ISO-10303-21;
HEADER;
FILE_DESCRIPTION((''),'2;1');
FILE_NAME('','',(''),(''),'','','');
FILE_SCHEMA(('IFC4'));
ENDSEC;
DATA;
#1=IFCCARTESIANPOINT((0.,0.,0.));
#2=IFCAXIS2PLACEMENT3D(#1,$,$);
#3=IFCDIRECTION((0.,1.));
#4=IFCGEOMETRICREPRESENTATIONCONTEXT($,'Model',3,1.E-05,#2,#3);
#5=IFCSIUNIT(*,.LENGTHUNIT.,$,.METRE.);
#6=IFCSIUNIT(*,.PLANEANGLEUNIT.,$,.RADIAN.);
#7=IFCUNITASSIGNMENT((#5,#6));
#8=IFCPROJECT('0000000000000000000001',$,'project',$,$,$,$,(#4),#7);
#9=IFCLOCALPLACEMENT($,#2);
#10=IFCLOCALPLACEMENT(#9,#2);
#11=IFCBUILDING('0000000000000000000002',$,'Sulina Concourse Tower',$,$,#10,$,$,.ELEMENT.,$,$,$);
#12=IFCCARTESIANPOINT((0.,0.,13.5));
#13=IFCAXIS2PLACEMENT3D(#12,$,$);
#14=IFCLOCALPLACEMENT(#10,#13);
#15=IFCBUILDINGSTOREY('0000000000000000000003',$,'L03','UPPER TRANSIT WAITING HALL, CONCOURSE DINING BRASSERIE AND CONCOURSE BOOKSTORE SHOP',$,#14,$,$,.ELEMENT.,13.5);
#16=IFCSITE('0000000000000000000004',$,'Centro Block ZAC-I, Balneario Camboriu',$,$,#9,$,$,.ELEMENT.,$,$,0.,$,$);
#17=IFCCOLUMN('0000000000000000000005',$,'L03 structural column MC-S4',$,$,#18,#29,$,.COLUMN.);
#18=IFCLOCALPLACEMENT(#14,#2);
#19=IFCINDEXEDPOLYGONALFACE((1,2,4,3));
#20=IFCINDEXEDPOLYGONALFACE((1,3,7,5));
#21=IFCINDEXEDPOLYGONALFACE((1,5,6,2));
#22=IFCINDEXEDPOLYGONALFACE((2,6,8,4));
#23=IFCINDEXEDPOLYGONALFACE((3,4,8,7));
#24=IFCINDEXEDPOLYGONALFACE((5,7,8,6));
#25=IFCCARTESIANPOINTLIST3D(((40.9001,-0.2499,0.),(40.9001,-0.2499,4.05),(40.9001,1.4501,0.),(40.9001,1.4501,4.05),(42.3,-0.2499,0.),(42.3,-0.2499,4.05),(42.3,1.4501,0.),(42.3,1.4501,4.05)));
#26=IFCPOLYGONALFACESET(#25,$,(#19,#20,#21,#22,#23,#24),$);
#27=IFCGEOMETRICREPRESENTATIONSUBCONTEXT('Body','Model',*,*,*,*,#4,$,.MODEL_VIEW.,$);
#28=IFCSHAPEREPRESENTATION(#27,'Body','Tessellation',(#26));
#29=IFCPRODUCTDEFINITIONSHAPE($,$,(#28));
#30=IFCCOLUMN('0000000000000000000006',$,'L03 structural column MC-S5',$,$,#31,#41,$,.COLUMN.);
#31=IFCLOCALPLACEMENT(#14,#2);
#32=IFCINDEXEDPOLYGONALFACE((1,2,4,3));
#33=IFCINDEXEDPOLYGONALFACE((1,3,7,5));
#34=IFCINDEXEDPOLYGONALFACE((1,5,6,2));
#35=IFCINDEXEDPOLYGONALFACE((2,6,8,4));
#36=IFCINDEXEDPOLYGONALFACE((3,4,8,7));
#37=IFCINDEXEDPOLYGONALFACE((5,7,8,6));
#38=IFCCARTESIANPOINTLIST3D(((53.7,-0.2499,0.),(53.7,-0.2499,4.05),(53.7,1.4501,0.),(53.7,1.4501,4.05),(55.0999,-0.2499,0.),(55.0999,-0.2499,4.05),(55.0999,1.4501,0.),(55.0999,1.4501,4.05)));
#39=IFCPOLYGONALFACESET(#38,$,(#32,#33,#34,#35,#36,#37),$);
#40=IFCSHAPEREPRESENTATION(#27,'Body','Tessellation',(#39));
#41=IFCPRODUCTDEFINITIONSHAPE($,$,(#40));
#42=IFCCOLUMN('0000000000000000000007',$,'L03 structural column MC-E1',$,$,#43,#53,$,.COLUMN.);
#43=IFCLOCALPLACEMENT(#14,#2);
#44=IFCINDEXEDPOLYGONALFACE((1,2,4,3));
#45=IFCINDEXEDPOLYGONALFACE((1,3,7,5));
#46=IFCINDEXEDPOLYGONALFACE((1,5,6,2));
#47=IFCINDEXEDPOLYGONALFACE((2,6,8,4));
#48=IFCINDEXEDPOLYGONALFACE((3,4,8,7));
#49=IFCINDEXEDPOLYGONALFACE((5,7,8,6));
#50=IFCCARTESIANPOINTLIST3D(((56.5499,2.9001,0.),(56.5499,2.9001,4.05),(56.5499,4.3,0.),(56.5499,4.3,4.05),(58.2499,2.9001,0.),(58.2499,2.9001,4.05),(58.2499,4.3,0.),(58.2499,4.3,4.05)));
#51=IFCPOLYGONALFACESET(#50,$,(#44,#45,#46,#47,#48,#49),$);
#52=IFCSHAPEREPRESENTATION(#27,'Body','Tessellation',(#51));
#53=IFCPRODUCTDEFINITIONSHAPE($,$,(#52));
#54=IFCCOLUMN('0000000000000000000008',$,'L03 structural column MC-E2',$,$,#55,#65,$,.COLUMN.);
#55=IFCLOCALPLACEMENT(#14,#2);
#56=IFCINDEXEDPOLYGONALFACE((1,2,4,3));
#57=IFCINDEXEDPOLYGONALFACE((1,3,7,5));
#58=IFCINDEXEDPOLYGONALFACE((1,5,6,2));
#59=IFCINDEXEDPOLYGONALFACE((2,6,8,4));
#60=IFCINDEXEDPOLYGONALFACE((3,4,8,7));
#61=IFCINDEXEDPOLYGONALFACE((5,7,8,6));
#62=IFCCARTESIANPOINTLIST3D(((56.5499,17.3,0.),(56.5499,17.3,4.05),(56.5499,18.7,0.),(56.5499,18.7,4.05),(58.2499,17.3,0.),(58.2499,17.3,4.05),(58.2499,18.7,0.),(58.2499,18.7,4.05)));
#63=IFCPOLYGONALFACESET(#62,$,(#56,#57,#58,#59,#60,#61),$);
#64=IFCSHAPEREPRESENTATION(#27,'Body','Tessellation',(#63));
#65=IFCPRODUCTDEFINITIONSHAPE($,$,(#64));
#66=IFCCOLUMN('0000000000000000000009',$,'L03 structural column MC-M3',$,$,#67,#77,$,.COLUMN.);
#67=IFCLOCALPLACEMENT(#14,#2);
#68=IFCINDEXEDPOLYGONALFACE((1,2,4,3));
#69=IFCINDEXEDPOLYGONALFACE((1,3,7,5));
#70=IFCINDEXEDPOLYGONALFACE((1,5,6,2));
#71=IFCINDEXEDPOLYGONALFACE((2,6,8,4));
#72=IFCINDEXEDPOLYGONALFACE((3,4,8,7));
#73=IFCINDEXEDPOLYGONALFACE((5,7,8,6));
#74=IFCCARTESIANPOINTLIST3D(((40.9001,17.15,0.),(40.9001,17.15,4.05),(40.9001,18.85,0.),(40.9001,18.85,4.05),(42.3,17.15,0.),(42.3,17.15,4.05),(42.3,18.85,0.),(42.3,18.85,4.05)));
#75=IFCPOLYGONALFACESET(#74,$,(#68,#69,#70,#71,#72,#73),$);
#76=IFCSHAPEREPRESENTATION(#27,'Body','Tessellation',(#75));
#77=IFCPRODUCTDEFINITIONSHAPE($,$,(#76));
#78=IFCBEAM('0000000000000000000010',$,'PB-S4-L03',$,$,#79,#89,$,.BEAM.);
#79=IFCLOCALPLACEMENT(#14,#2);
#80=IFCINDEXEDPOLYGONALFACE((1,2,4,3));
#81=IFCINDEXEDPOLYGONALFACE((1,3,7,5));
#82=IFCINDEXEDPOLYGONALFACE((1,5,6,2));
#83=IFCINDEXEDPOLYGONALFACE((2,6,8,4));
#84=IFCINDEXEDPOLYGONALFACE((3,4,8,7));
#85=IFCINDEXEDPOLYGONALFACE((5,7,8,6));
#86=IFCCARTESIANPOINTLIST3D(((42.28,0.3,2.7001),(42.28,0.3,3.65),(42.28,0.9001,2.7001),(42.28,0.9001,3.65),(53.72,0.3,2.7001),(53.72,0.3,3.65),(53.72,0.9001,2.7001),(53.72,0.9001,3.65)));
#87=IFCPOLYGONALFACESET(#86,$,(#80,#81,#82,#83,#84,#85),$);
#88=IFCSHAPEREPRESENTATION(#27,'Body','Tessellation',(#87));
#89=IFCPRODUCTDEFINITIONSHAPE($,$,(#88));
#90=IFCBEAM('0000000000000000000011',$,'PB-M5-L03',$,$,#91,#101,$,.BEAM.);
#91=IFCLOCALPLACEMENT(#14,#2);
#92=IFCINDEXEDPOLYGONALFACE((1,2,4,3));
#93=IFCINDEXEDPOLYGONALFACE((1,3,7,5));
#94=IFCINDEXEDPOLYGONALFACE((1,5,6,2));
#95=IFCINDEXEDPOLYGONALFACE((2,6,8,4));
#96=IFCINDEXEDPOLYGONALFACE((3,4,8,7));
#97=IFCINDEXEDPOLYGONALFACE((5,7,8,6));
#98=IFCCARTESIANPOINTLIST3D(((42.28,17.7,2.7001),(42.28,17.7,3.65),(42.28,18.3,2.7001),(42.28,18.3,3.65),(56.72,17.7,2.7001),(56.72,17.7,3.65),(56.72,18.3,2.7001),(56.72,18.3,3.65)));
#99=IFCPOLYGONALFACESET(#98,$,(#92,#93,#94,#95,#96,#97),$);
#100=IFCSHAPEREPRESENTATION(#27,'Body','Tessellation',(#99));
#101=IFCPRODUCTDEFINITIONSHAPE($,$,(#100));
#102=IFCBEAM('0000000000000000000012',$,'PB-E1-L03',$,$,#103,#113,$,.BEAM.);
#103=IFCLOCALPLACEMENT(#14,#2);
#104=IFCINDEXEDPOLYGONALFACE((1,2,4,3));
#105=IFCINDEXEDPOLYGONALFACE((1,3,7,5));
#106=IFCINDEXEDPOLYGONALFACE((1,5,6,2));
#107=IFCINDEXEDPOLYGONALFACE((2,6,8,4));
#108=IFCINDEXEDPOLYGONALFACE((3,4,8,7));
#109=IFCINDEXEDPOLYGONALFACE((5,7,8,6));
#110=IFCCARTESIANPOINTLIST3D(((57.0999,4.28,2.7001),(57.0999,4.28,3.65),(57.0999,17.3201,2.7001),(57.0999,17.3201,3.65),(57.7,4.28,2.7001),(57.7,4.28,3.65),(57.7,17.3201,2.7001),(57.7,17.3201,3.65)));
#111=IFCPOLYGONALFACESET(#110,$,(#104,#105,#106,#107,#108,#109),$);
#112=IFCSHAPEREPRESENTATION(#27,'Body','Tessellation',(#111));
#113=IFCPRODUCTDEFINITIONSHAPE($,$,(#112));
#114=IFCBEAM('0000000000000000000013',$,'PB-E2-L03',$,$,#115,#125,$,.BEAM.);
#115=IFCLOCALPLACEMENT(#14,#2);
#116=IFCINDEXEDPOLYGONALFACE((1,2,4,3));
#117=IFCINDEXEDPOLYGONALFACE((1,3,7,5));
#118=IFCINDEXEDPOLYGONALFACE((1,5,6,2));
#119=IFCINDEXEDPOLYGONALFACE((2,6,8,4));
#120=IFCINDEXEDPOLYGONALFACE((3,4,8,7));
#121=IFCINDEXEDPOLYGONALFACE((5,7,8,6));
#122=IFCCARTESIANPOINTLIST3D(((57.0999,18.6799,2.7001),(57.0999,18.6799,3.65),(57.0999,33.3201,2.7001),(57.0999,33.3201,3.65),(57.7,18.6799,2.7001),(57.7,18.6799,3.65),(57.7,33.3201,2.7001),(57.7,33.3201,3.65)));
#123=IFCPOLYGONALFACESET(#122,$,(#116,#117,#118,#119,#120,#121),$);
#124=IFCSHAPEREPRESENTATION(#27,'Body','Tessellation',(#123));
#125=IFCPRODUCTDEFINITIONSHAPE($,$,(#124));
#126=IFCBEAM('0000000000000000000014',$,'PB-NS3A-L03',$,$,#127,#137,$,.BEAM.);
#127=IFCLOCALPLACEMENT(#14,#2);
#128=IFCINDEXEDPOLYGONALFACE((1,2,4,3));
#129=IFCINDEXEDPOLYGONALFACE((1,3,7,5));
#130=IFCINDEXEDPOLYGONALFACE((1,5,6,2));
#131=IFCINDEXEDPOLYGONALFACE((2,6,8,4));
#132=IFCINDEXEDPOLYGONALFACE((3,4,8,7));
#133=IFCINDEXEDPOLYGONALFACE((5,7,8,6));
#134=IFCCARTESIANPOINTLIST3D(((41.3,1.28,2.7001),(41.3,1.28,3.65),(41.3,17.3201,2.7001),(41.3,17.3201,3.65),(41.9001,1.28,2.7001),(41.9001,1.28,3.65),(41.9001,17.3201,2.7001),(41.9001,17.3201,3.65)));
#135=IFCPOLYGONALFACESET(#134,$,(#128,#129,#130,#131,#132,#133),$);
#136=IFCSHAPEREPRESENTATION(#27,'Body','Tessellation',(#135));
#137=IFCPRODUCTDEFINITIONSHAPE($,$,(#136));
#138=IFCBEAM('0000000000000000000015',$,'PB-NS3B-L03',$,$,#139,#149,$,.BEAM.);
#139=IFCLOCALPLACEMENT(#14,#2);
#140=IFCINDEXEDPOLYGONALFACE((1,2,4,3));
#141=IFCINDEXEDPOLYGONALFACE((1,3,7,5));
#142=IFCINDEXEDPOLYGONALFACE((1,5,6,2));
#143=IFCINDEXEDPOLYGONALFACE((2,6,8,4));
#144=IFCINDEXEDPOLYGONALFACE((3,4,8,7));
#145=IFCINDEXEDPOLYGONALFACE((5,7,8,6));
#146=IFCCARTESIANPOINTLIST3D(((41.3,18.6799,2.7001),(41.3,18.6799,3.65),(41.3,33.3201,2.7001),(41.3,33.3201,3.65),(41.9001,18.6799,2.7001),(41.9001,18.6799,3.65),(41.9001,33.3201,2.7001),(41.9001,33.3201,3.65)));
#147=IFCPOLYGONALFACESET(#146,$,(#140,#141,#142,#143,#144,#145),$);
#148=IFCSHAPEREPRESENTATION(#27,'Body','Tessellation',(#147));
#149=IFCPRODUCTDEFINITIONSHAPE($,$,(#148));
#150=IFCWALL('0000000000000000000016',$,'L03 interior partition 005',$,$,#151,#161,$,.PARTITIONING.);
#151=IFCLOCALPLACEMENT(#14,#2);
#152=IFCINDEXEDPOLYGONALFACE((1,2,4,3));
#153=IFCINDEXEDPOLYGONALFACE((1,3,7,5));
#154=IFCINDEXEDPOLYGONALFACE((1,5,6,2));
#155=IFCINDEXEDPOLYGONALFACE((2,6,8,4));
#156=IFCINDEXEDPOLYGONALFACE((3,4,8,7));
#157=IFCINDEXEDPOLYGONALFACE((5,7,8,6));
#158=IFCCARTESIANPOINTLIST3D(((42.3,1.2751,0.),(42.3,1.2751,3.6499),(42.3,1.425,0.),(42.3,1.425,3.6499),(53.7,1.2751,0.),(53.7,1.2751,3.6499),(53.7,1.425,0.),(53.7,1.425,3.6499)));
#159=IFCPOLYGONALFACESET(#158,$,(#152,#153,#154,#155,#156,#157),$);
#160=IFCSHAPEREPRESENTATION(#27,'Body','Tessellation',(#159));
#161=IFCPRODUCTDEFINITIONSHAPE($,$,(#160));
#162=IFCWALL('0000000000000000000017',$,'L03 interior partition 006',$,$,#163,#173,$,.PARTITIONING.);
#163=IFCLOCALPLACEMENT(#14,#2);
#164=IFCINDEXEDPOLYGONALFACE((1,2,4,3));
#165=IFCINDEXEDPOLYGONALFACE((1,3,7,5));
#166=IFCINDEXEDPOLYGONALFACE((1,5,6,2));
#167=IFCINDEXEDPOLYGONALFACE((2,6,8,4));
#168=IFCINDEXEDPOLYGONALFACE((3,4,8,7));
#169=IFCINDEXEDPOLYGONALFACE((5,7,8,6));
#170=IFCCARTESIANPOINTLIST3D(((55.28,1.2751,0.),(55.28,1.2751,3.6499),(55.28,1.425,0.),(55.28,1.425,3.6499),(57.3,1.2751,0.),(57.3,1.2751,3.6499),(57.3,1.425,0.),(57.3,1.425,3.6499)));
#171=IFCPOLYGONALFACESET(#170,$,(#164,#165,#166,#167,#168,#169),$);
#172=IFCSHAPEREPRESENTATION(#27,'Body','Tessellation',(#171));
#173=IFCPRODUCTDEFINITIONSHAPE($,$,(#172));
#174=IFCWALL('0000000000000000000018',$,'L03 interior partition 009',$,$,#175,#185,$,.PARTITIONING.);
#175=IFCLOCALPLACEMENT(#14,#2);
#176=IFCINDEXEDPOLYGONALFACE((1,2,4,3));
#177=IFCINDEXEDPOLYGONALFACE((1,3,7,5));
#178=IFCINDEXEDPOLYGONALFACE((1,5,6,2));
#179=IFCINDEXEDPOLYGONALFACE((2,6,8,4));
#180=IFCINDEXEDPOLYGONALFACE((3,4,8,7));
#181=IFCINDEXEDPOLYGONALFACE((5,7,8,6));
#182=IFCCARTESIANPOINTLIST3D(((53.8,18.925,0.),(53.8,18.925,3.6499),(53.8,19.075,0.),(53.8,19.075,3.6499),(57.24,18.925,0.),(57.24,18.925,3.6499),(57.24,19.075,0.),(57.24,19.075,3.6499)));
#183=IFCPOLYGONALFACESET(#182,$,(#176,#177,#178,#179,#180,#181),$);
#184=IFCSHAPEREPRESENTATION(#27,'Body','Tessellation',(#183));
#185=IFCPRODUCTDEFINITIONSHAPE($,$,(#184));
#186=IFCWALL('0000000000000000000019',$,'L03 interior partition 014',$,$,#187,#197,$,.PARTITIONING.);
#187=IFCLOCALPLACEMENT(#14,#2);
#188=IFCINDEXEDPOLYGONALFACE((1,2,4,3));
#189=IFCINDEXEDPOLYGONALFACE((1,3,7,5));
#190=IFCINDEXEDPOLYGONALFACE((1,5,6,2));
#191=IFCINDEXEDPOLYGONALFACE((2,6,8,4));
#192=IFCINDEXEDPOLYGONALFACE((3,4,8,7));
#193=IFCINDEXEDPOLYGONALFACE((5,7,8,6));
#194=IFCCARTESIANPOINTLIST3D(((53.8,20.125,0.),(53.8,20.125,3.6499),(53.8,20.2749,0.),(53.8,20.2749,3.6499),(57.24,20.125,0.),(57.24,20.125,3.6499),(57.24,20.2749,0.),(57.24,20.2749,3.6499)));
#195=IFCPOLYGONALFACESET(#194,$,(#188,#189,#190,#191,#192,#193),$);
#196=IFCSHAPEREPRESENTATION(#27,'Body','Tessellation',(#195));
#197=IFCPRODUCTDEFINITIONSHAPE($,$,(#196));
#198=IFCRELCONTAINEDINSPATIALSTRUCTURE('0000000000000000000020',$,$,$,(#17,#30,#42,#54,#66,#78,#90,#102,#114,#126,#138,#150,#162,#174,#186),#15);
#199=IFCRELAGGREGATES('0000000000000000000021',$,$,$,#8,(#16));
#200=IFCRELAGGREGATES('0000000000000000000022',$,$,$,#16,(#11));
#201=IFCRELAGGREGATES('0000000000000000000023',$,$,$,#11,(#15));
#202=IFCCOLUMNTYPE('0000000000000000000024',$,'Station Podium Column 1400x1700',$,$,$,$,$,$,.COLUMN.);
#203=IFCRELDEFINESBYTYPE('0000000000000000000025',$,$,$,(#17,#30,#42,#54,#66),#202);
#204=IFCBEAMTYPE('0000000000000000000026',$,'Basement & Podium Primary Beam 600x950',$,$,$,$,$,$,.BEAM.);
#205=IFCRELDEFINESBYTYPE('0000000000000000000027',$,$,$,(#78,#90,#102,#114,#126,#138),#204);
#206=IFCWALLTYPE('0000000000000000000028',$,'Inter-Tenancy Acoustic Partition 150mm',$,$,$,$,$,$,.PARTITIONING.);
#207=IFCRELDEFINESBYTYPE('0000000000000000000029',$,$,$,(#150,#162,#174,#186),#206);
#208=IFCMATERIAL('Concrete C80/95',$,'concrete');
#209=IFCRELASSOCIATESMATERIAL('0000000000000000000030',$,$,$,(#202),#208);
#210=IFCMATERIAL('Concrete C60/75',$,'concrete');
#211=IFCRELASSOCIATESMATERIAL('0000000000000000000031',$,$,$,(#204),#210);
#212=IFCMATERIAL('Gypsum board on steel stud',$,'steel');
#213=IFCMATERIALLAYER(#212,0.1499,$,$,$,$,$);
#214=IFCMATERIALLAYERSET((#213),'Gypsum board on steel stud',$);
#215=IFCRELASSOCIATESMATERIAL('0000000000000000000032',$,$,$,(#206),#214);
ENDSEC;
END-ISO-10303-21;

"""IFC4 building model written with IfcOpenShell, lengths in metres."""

from ifc_helpers import new_model, si_unit, direction, frame, frame_2d, origin, origin_2d, place, context, subcontext, project, spatial, rectangle, extrude, material, layer, layer_set, material_profile, profile_set, type_object, element, save


model = new_model("IFC4")

# Units and contexts
model_context = context("Model", 3, precision=1e-05, world=origin(), true_north=direction((0.0, 1.0)))
body_context = subcontext(model_context, "Body", "Model", "MODEL_VIEW")
ifc_project = project(units=[si_unit("LENGTHUNIT", "METRE"), si_unit("PLANEANGLEUNIT", "RADIAN")], contexts=[model_context])

# Site, building, storey
site_placement = place(None, origin())
site = spatial("IfcSite", under=ifc_project, at=site_placement, Name="Centro Block ZAC-I, Balneario Camboriu", CompositionType="ELEMENT", RefElevation=0.0)
building_placement = place(site_placement, origin())
building = spatial("IfcBuilding", under=site, at=building_placement, Name="Sulina Concourse Tower", CompositionType="ELEMENT")
storey_placement = place(building_placement, frame((0.0, 0.0, 13.5)))
storey = spatial("IfcBuildingStorey", under=building, at=storey_placement, Name="L03", Description="UPPER TRANSIT WAITING HALL, CONCOURSE DINING BRASSERIE AND CONCOURSE BOOKSTORE SHOP", CompositionType="ELEMENT", Elevation=13.5)

# Columns
ifc_material_1 = material(Name="Concrete C80/95", Category="concrete")
ifc_material_profile_1 = material_profile(ifc_material_1, rectangle(XDim=1.3999, YDim=1.7, at=origin_2d()), Name="RC 1400x1700")
ifc_profile_set_1 = profile_set([ifc_material_profile_1], Name="Concrete C80/95")
column_type = type_object("IfcColumnType", Name="Station Podium Column 1400x1700", PredefinedType="COLUMN", material=ifc_profile_set_1)
for number, where, z_axis, x_axis, name in (
    (1, (41.6001, 0.6001, 0.0), (0.0, 0.0, 1.0), (1.0, 0.0, 0.0), "L03 structural column MC-S4"),
    (2, (54.3999, 0.6001, 0.0), (0.0, 0.0, 1.0), (1.0, 0.0, 0.0), "L03 structural column MC-S5"),
    (3, (57.3999, 3.6001, 0.0), (0.0, 0.0, 1.0), (0.0, 1.0, 0.0), "L03 structural column MC-E1"),
    (4, (57.3999, 18.0, 0.0), (0.0, 0.0, 1.0), (0.0, 1.0, 0.0), "L03 structural column MC-E2"),
    (5, (41.6001, 18.0, 0.0), (0.0, 0.0, 1.0), (1.0, 0.0, 0.0), "L03 structural column MC-M3"),
):
    element("IfcColumn", number, at=place(storey_placement, frame(where, z_axis=z_axis, x_axis=x_axis)), inside=storey, type_object=column_type, Name=name, PredefinedType="COLUMN", context=body_context, shape_type="SweptSolid", body=[
        extrude(rectangle(XDim=1.3999, YDim=1.7, at=origin_2d()), origin(), (0.0, 0.0, 1.0), 4.05),
    ])

# Beams
ifc_material_2 = material(Name="Concrete C60/75", Category="concrete")
ifc_material_profile_2 = material_profile(ifc_material_2, rectangle(XDim=0.6001, YDim=0.95, at=origin_2d()), Name="RC 600x950")
ifc_profile_set_2 = profile_set([ifc_material_profile_2], Name="Concrete C60/75")
beam_type = type_object("IfcBeamType", Name="Basement & Podium Primary Beam 600x950", PredefinedType="BEAM", material=ifc_profile_set_2)
beam_1_placement = place(storey_placement, frame((42.28, 0.6001, 3.175), z_axis=(1.0, 0.0, 0.0), x_axis=(0.0, 1.0, 0.0)))
element("IfcBeam", 6, at=beam_1_placement, inside=storey, type_object=beam_type, Name="PB-S4-L03", PredefinedType="BEAM", context=body_context, shape_type="SweptSolid", body=[
    extrude(rectangle(XDim=0.6001, YDim=0.95, at=origin_2d()), origin(), (0.0, 0.0, 1.0), 11.4399),
])
beam_2_placement = place(storey_placement, frame((42.28, 18.0, 3.175), z_axis=(1.0, 0.0, 0.0), x_axis=(0.0, 1.0, 0.0)))
element("IfcBeam", 7, at=beam_2_placement, inside=storey, type_object=beam_type, Name="PB-M5-L03", PredefinedType="BEAM", context=body_context, shape_type="SweptSolid", body=[
    extrude(rectangle(XDim=0.6001, YDim=0.95, at=origin_2d()), origin(), (0.0, 0.0, 1.0), 14.4399),
])
beam_3_placement = place(storey_placement, frame((57.3999, 4.28, 3.175), z_axis=(0.0, 1.0, 0.0), x_axis=(-1.0, 0.0, 0.0)))
element("IfcBeam", 8, at=beam_3_placement, inside=storey, type_object=beam_type, Name="PB-E1-L03", PredefinedType="BEAM", context=body_context, shape_type="SweptSolid", body=[
    extrude(rectangle(XDim=0.6001, YDim=0.95, at=origin_2d()), origin(), (0.0, 0.0, 1.0), 13.04),
])
beam_4_placement = place(storey_placement, frame((57.3999, 18.6799, 3.175), z_axis=(0.0, 1.0, 0.0), x_axis=(-1.0, 0.0, 0.0)))
element("IfcBeam", 9, at=beam_4_placement, inside=storey, type_object=beam_type, Name="PB-E2-L03", PredefinedType="BEAM", context=body_context, shape_type="SweptSolid", body=[
    extrude(rectangle(XDim=0.6001, YDim=0.95, at=origin_2d()), origin(), (0.0, 0.0, 1.0), 14.6401),
])
beam_5_placement = place(storey_placement, frame((41.6001, 1.28, 3.175), z_axis=(0.0, 1.0, 0.0), x_axis=(-1.0, 0.0, 0.0)))
element("IfcBeam", 10, at=beam_5_placement, inside=storey, type_object=beam_type, Name="PB-NS3A-L03", PredefinedType="BEAM", context=body_context, shape_type="SweptSolid", body=[
    extrude(rectangle(XDim=0.6001, YDim=0.95, at=origin_2d()), origin(), (0.0, 0.0, 1.0), 16.04),
])
beam_6_placement = place(storey_placement, frame((41.6001, 18.6799, 3.175), z_axis=(0.0, 1.0, 0.0), x_axis=(-1.0, 0.0, 0.0)))
element("IfcBeam", 11, at=beam_6_placement, inside=storey, type_object=beam_type, Name="PB-NS3B-L03", PredefinedType="BEAM", context=body_context, shape_type="SweptSolid", body=[
    extrude(rectangle(XDim=0.6001, YDim=0.95, at=origin_2d()), origin(), (0.0, 0.0, 1.0), 14.6401),
])

# Walls
ifc_material_3 = material(Name="Gypsum board on steel stud", Category="steel")
ifc_layer_1 = layer(ifc_material_3, 0.1499)
ifc_layer_set_1 = layer_set([ifc_layer_1], Name="Gypsum board on steel stud")
wall_type_1 = type_object("IfcWallType", Name="Inter-Tenancy Acoustic Partition 150mm", PredefinedType="PARTITIONING", material=ifc_layer_set_1)
wall_1_placement = place(storey_placement, frame((42.3, 1.3501, 0.0), z_axis=(0.0, 0.0, 1.0), x_axis=(1.0, 0.0, 0.0)))
element("IfcWall", 12, at=wall_1_placement, inside=storey, type_object=wall_type_1, Name="L03 interior partition 005", PredefinedType="PARTITIONING", context=body_context, shape_type="SweptSolid", body=[
    extrude(rectangle(XDim=11.3999, YDim=0.1499, at=frame_2d((5.7, 0.0))), origin(), (0.0, 0.0, 1.0), 3.6499),
])
wall_2_placement = place(storey_placement, frame((55.28, 1.3501, 0.0), z_axis=(0.0, 0.0, 1.0), x_axis=(1.0, 0.0, 0.0)))
element("IfcWall", 13, at=wall_2_placement, inside=storey, type_object=wall_type_1, Name="L03 interior partition 006", PredefinedType="PARTITIONING", context=body_context, shape_type="SweptSolid", body=[
    extrude(rectangle(XDim=2.02, YDim=0.1499, at=frame_2d((1.01, 0.0))), origin(), (0.0, 0.0, 1.0), 3.6499),
])
for number, where, z_axis, x_axis, name in (
    (14, (53.8, 19.0, 0.0), (0.0, 0.0, 1.0), (1.0, 0.0, 0.0), "L03 interior partition 009"),
    (15, (53.8, 20.2, 0.0), (0.0, 0.0, 1.0), (1.0, 0.0, 0.0), "L03 interior partition 014"),
):
    element("IfcWall", number, at=place(storey_placement, frame(where, z_axis=z_axis, x_axis=x_axis)), inside=storey, type_object=wall_type_1, Name=name, PredefinedType="PARTITIONING", context=body_context, shape_type="SweptSolid", body=[
        extrude(rectangle(XDim=3.4399, YDim=0.1499, at=frame_2d((1.72, 0.0))), origin(), (0.0, 0.0, 1.0), 3.6499),
    ])

save(model, "model.ifc")
